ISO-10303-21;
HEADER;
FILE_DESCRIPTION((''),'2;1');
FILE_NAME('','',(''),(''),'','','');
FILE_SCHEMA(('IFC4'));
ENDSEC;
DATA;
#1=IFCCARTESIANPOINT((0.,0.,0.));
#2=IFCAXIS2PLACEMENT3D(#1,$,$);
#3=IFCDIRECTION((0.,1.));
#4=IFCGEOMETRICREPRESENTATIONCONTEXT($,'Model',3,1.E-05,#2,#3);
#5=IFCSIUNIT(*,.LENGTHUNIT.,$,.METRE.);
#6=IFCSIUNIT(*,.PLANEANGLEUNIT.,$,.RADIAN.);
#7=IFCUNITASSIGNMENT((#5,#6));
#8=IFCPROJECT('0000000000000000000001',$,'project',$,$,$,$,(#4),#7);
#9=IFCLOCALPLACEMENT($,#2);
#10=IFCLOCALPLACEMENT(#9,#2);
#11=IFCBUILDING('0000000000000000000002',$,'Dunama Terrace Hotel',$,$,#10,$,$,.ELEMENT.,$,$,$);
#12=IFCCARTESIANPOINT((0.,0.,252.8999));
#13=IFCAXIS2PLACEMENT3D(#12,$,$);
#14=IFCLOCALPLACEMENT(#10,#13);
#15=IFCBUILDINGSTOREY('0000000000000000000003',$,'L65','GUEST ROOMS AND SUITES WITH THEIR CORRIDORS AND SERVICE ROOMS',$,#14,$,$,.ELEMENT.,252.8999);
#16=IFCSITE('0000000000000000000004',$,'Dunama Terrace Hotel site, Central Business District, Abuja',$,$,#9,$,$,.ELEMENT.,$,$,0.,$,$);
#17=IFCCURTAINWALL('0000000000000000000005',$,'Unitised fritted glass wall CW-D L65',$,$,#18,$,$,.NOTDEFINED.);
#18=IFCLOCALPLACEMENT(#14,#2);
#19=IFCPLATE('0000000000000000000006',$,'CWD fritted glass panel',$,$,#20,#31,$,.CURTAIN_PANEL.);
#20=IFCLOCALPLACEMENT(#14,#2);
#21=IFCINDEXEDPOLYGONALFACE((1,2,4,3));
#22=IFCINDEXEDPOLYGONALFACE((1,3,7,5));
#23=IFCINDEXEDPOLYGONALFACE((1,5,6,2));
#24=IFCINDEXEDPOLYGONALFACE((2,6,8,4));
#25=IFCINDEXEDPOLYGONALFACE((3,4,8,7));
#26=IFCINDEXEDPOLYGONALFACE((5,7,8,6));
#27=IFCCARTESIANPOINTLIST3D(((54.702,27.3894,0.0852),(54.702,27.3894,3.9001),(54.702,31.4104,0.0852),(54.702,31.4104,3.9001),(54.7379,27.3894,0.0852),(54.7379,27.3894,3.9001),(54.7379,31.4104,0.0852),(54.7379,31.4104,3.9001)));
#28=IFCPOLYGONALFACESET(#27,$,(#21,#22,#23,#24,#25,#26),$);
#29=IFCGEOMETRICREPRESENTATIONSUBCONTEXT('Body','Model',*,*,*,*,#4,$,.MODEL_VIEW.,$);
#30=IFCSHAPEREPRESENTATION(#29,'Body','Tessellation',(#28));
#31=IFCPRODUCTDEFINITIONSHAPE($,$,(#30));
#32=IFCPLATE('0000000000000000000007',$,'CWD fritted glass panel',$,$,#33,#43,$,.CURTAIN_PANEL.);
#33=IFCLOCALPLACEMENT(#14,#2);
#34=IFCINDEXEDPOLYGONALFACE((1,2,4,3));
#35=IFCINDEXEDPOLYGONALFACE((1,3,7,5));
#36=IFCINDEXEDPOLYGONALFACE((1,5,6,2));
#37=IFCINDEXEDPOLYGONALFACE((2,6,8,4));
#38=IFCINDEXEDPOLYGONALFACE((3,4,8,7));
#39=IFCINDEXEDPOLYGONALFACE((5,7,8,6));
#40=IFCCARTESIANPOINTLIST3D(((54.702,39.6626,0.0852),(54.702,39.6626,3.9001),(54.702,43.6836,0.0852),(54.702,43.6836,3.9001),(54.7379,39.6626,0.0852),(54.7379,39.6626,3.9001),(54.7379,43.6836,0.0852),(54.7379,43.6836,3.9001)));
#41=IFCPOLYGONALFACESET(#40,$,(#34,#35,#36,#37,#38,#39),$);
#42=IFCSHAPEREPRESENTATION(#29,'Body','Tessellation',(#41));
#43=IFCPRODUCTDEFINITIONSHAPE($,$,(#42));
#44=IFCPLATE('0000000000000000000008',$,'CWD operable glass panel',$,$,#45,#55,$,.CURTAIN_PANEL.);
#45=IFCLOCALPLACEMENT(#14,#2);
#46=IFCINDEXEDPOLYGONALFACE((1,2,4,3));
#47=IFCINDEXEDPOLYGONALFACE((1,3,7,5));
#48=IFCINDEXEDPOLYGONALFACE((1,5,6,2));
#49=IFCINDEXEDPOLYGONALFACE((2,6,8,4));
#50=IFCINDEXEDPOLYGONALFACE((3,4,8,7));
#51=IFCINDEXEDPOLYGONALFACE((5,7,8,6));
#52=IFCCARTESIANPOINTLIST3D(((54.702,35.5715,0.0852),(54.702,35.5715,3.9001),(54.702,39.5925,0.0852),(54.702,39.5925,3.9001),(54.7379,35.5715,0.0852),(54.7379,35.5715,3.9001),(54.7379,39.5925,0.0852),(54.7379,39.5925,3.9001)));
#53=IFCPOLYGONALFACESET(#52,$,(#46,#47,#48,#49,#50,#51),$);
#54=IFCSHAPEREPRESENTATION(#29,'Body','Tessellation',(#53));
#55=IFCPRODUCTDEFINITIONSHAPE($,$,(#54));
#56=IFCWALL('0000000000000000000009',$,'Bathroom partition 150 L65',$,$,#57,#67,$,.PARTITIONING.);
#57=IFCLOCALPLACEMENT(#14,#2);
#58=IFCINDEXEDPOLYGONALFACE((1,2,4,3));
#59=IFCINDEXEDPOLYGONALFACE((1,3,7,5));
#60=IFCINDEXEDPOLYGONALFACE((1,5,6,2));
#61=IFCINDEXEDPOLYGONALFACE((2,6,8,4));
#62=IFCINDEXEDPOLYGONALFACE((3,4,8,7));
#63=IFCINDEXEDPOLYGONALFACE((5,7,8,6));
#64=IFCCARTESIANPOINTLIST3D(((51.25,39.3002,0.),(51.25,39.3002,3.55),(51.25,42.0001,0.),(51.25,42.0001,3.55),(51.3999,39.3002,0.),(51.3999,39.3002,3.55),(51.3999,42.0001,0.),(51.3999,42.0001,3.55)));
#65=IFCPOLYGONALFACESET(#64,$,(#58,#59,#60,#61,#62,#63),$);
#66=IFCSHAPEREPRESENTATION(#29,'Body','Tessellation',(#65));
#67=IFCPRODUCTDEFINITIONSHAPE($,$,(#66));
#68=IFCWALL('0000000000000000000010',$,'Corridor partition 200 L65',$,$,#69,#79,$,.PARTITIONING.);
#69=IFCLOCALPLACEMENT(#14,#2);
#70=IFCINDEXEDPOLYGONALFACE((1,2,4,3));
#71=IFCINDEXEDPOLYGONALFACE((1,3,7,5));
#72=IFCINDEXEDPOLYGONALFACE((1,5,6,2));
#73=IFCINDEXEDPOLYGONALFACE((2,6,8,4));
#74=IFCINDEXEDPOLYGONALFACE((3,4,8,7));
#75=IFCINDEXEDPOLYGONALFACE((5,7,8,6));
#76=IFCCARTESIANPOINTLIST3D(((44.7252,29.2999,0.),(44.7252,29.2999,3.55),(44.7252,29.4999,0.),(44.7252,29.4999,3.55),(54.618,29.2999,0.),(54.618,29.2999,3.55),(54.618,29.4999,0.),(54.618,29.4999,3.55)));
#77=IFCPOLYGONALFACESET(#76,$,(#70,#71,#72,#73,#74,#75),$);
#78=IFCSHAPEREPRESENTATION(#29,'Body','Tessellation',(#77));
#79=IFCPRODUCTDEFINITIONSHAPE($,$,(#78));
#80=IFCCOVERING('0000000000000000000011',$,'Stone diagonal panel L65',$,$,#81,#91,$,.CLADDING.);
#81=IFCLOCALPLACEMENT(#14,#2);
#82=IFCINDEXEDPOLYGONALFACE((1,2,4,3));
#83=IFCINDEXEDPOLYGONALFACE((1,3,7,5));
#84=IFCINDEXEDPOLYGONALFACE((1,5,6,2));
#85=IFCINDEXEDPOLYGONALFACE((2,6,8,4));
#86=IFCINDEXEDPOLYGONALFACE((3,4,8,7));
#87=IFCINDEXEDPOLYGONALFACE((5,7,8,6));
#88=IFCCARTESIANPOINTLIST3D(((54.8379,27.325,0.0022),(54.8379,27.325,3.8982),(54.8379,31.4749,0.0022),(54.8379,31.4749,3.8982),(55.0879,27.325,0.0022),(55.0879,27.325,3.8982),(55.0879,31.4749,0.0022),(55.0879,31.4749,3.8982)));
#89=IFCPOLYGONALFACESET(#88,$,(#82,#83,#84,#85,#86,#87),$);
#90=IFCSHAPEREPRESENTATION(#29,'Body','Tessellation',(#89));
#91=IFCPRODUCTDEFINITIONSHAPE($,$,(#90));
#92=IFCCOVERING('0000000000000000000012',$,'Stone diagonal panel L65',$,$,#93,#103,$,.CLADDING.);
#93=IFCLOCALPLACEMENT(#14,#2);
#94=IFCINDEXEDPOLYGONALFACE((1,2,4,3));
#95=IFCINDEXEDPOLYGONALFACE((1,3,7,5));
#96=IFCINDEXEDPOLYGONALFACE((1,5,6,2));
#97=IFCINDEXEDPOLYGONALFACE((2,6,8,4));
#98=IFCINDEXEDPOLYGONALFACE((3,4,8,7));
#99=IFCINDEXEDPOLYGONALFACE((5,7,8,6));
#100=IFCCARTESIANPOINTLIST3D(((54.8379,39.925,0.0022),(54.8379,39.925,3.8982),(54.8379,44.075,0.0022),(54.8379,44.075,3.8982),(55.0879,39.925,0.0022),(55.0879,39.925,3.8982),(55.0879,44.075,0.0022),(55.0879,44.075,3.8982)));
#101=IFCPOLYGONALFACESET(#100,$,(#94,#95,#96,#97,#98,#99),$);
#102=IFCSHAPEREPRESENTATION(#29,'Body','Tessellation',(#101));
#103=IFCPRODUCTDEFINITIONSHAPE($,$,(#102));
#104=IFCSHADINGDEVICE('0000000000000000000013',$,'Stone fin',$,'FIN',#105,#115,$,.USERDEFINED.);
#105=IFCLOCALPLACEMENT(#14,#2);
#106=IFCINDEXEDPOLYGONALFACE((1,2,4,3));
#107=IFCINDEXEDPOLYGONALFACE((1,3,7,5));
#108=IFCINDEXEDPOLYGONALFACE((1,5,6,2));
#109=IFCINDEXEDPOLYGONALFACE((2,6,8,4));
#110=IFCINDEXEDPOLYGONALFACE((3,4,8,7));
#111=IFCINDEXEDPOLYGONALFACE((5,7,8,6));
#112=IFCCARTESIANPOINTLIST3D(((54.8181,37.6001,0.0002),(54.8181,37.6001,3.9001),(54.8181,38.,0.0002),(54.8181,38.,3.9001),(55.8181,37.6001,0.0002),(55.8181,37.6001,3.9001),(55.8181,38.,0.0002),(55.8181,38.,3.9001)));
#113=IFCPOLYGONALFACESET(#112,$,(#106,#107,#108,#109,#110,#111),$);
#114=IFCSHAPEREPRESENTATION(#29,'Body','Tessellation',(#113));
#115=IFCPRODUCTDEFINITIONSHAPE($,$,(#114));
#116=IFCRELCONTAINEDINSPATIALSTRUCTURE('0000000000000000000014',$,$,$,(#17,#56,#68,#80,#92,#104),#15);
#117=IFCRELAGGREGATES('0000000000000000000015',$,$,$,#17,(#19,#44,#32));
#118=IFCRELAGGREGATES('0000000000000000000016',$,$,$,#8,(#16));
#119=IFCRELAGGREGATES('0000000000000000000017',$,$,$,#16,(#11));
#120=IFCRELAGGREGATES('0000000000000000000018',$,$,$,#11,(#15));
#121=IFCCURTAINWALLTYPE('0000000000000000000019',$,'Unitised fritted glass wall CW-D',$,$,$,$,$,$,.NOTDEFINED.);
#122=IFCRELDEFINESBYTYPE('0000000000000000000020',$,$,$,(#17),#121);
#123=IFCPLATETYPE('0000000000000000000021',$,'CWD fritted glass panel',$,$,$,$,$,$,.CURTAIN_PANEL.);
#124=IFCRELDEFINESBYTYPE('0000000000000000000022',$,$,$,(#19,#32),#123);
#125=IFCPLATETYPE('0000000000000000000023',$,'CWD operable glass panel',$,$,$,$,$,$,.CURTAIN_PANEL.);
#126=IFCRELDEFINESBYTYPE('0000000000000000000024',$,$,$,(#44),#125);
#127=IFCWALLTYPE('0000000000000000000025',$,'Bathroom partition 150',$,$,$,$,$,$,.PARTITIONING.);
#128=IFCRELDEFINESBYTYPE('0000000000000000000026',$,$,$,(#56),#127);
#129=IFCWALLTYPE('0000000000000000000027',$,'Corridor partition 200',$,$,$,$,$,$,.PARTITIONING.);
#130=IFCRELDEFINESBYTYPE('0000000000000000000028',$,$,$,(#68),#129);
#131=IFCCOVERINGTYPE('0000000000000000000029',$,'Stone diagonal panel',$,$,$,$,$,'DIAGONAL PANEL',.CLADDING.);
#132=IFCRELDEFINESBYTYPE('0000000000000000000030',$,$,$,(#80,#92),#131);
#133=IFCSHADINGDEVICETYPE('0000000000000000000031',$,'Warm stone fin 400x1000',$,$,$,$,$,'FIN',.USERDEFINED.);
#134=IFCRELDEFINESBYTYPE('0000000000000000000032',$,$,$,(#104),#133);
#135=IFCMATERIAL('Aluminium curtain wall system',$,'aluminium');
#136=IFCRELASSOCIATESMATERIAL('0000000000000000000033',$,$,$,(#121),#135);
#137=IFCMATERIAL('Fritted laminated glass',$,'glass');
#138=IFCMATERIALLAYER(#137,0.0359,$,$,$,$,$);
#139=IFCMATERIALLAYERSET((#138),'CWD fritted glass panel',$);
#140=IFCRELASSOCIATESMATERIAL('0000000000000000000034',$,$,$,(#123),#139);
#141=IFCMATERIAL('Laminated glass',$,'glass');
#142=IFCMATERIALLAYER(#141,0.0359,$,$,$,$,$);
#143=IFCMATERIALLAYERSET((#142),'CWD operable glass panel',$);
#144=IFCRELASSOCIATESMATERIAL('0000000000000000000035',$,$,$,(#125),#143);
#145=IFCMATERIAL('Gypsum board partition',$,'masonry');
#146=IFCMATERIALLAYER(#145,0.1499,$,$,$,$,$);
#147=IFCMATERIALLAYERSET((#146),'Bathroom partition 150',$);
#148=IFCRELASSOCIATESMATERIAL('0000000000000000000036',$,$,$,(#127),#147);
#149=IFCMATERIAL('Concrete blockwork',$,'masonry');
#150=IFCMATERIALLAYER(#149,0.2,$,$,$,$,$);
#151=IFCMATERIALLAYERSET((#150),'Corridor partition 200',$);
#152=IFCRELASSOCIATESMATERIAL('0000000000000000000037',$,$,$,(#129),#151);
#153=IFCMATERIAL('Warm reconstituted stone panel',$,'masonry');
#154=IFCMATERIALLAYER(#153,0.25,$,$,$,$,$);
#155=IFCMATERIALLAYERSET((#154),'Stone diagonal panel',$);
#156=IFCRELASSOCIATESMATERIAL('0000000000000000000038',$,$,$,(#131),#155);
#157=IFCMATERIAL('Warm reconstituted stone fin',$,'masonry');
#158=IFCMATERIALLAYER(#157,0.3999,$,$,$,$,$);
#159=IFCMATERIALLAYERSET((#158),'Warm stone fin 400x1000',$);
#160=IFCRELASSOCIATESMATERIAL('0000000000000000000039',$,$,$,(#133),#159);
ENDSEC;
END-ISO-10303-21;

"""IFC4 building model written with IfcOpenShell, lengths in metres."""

from ifc_helpers import new_model, si_unit, direction, frame, frame_2d, origin, origin_2d, place, context, subcontext, project, spatial, rectangle, extrude, material, layer, layer_set, type_object, element, aggregate, save


model = new_model("IFC4")

# Units and contexts
model_context = context("Model", 3, precision=1e-05, world=origin(), true_north=direction((0.0, 1.0)))
body_context = subcontext(model_context, "Body", "Model", "MODEL_VIEW")
ifc_project = project(units=[si_unit("LENGTHUNIT", "METRE"), si_unit("PLANEANGLEUNIT", "RADIAN")], contexts=[model_context])

# Site, building, storey
site_placement = place(None, origin())
site = spatial("IfcSite", under=ifc_project, at=site_placement, Name="Dunama Terrace Hotel site, Central Business District, Abuja", CompositionType="ELEMENT", RefElevation=0.0)
building_placement = place(site_placement, origin())
building = spatial("IfcBuilding", under=site, at=building_placement, Name="Dunama Terrace Hotel", CompositionType="ELEMENT")
storey_placement = place(building_placement, frame((0.0, 0.0, 252.8999)))
storey = spatial("IfcBuildingStorey", under=building, at=storey_placement, Name="L65", Description="GUEST ROOMS AND SUITES WITH THEIR CORRIDORS AND SERVICE ROOMS", CompositionType="ELEMENT", Elevation=252.8999)

# Curtain wall
ifc_material_1 = material(Name="Aluminium curtain wall system", Category="aluminium")
curtain_wall_type = type_object("IfcCurtainWallType", Name="Unitised fritted glass wall CW-D", PredefinedType="NOTDEFINED", material=ifc_material_1)
curtain_wall_placement = place(storey_placement, origin())
curtain_wall = element("IfcCurtainWall", 1, at=curtain_wall_placement, inside=storey, type_object=curtain_wall_type, Name="Unitised fritted glass wall CW-D L65", PredefinedType="NOTDEFINED")

# Plates
ifc_material_2 = material(Name="Fritted laminated glass", Category="glass")
ifc_layer_1 = layer(ifc_material_2, 0.0359)
ifc_layer_set_1 = layer_set([ifc_layer_1], Name="CWD fritted glass panel")
plate_type_1 = type_object("IfcPlateType", Name="CWD fritted glass panel", PredefinedType="CURTAIN_PANEL", material=ifc_layer_set_1)
plate_1_placement = place(storey_placement, frame((54.72, 29.3999, 0.0852), z_axis=(0.0, 0.0, 1.0), x_axis=(0.0, 1.0, 0.0)))
plate_1 = element("IfcPlate", 2, at=plate_1_placement, type_object=plate_type_1, Name="CWD fritted glass panel", PredefinedType="CURTAIN_PANEL", context=body_context, shape_type="SweptSolid", body=[
    extrude(rectangle(XDim=4.021, YDim=0.0359, at=origin_2d()), origin(), (0.0, 0.0, 1.0), 3.8149),
])
plate_2_placement = place(storey_placement, frame((54.72, 41.6731, 0.0852), z_axis=(0.0, 0.0, 1.0), x_axis=(0.0, 1.0, 0.0)))
plate_2 = element("IfcPlate", 3, at=plate_2_placement, type_object=plate_type_1, Name="CWD fritted glass panel", PredefinedType="CURTAIN_PANEL", context=body_context, shape_type="SweptSolid", body=[
    extrude(rectangle(XDim=4.021, YDim=0.0359, at=origin_2d()), origin(), (0.0, 0.0, 1.0), 3.8149),
])
ifc_material_3 = material(Name="Laminated glass", Category="glass")
ifc_layer_2 = layer(ifc_material_3, 0.0359)
ifc_layer_set_2 = layer_set([ifc_layer_2], Name="CWD operable glass panel")
plate_type_2 = type_object("IfcPlateType", Name="CWD operable glass panel", PredefinedType="CURTAIN_PANEL", material=ifc_layer_set_2)
plate_3_placement = place(storey_placement, frame((54.72, 37.582, 0.0852), z_axis=(0.0, 0.0, 1.0), x_axis=(0.0, 1.0, 0.0)))
plate_3 = element("IfcPlate", 4, at=plate_3_placement, type_object=plate_type_2, Name="CWD operable glass panel", PredefinedType="CURTAIN_PANEL", context=body_context, shape_type="SweptSolid", body=[
    extrude(rectangle(XDim=4.021, YDim=0.0359, at=origin_2d()), origin(), (0.0, 0.0, 1.0), 3.8149),
])
aggregate(curtain_wall, [plate_1, plate_3, plate_2])

# Walls
ifc_material_4 = material(Name="Gypsum board partition", Category="masonry")
ifc_layer_3 = layer(ifc_material_4, 0.1499)
ifc_layer_set_3 = layer_set([ifc_layer_3], Name="Bathroom partition 150")
wall_type_1 = type_object("IfcWallType", Name="Bathroom partition 150", PredefinedType="PARTITIONING", material=ifc_layer_set_3)
wall_1_placement = place(storey_placement, frame((51.325, 39.3, 0.0), z_axis=(0.0, 0.0, 1.0), x_axis=(0.0, 1.0, 0.0)))
element("IfcWall", 5, at=wall_1_placement, inside=storey, type_object=wall_type_1, Name="Bathroom partition 150 L65", PredefinedType="PARTITIONING", context=body_context, shape_type="SweptSolid", body=[
    extrude(rectangle(XDim=2.7, YDim=0.1499, at=frame_2d((1.3501, 0.0))), origin(), (0.0, 0.0, 1.0), 3.55),
])
ifc_material_5 = material(Name="Concrete blockwork", Category="masonry")
ifc_layer_4 = layer(ifc_material_5, 0.2)
ifc_layer_set_4 = layer_set([ifc_layer_4], Name="Corridor partition 200")
wall_type_2 = type_object("IfcWallType", Name="Corridor partition 200", PredefinedType="PARTITIONING", material=ifc_layer_set_4)
wall_2_placement = place(storey_placement, frame((54.6179, 29.3999, 0.0), z_axis=(0.0, 0.0, 1.0), x_axis=(-1.0, 0.0, 0.0)))
element("IfcWall", 6, at=wall_2_placement, inside=storey, type_object=wall_type_2, Name="Corridor partition 200 L65", PredefinedType="PARTITIONING", context=body_context, shape_type="SweptSolid", body=[
    extrude(rectangle(XDim=9.8928, YDim=0.2, at=frame_2d((4.9463, 0.0))), origin(), (0.0, 0.0, 1.0), 3.55),
])

# Coverings
ifc_material_6 = material(Name="Warm reconstituted stone panel", Category="masonry")
ifc_layer_5 = layer(ifc_material_6, 0.25)
ifc_layer_set_5 = layer_set([ifc_layer_5], Name="Stone diagonal panel")
covering_type = type_object("IfcCoveringType", Name="Stone diagonal panel", ElementType="DIAGONAL PANEL", PredefinedType="CLADDING", material=ifc_layer_set_5)
for number, where, z_axis, x_axis, name in (
    (7, (54.9629, 29.3999, 0.0022), (0.0, 0.0, 1.0), (0.0, 1.0, 0.0), "Stone diagonal panel L65"),
    (8, (54.9629, 42.0, 0.0022), (0.0, 0.0, 1.0), (0.0, 1.0, 0.0), "Stone diagonal panel L65"),
):
    element("IfcCovering", number, at=place(storey_placement, frame(where, z_axis=z_axis, x_axis=x_axis)), inside=storey, type_object=covering_type, Name=name, PredefinedType="CLADDING", context=body_context, shape_type="SweptSolid", body=[
        extrude(rectangle(XDim=4.1499, YDim=0.25, at=origin_2d()), origin(), (0.0, 0.0, 1.0), 3.896),
    ])

# Shading device
ifc_material_7 = material(Name="Warm reconstituted stone fin", Category="masonry")
ifc_layer_6 = layer(ifc_material_7, 0.3999)
ifc_layer_set_6 = layer_set([ifc_layer_6], Name="Warm stone fin 400x1000")
shading_device_type = type_object("IfcShadingDeviceType", Name="Warm stone fin 400x1000", ElementType="FIN", PredefinedType="USERDEFINED", material=ifc_layer_set_6)
shading_device_placement = place(storey_placement, frame((55.3181, 37.8, 0.0002), z_axis=(0.0, 0.0, 1.0), x_axis=(0.0, 1.0, 0.0)))
element("IfcShadingDevice", 9, at=shading_device_placement, inside=storey, type_object=shading_device_type, Name="Stone fin", ObjectType="FIN", PredefinedType="USERDEFINED", context=body_context, shape_type="SweptSolid", body=[
    extrude(rectangle(XDim=0.3999, YDim=1.0, at=origin_2d()), origin(), (0.0, 0.0, 1.0), 3.8999),
])

save(model, "model.ifc")
